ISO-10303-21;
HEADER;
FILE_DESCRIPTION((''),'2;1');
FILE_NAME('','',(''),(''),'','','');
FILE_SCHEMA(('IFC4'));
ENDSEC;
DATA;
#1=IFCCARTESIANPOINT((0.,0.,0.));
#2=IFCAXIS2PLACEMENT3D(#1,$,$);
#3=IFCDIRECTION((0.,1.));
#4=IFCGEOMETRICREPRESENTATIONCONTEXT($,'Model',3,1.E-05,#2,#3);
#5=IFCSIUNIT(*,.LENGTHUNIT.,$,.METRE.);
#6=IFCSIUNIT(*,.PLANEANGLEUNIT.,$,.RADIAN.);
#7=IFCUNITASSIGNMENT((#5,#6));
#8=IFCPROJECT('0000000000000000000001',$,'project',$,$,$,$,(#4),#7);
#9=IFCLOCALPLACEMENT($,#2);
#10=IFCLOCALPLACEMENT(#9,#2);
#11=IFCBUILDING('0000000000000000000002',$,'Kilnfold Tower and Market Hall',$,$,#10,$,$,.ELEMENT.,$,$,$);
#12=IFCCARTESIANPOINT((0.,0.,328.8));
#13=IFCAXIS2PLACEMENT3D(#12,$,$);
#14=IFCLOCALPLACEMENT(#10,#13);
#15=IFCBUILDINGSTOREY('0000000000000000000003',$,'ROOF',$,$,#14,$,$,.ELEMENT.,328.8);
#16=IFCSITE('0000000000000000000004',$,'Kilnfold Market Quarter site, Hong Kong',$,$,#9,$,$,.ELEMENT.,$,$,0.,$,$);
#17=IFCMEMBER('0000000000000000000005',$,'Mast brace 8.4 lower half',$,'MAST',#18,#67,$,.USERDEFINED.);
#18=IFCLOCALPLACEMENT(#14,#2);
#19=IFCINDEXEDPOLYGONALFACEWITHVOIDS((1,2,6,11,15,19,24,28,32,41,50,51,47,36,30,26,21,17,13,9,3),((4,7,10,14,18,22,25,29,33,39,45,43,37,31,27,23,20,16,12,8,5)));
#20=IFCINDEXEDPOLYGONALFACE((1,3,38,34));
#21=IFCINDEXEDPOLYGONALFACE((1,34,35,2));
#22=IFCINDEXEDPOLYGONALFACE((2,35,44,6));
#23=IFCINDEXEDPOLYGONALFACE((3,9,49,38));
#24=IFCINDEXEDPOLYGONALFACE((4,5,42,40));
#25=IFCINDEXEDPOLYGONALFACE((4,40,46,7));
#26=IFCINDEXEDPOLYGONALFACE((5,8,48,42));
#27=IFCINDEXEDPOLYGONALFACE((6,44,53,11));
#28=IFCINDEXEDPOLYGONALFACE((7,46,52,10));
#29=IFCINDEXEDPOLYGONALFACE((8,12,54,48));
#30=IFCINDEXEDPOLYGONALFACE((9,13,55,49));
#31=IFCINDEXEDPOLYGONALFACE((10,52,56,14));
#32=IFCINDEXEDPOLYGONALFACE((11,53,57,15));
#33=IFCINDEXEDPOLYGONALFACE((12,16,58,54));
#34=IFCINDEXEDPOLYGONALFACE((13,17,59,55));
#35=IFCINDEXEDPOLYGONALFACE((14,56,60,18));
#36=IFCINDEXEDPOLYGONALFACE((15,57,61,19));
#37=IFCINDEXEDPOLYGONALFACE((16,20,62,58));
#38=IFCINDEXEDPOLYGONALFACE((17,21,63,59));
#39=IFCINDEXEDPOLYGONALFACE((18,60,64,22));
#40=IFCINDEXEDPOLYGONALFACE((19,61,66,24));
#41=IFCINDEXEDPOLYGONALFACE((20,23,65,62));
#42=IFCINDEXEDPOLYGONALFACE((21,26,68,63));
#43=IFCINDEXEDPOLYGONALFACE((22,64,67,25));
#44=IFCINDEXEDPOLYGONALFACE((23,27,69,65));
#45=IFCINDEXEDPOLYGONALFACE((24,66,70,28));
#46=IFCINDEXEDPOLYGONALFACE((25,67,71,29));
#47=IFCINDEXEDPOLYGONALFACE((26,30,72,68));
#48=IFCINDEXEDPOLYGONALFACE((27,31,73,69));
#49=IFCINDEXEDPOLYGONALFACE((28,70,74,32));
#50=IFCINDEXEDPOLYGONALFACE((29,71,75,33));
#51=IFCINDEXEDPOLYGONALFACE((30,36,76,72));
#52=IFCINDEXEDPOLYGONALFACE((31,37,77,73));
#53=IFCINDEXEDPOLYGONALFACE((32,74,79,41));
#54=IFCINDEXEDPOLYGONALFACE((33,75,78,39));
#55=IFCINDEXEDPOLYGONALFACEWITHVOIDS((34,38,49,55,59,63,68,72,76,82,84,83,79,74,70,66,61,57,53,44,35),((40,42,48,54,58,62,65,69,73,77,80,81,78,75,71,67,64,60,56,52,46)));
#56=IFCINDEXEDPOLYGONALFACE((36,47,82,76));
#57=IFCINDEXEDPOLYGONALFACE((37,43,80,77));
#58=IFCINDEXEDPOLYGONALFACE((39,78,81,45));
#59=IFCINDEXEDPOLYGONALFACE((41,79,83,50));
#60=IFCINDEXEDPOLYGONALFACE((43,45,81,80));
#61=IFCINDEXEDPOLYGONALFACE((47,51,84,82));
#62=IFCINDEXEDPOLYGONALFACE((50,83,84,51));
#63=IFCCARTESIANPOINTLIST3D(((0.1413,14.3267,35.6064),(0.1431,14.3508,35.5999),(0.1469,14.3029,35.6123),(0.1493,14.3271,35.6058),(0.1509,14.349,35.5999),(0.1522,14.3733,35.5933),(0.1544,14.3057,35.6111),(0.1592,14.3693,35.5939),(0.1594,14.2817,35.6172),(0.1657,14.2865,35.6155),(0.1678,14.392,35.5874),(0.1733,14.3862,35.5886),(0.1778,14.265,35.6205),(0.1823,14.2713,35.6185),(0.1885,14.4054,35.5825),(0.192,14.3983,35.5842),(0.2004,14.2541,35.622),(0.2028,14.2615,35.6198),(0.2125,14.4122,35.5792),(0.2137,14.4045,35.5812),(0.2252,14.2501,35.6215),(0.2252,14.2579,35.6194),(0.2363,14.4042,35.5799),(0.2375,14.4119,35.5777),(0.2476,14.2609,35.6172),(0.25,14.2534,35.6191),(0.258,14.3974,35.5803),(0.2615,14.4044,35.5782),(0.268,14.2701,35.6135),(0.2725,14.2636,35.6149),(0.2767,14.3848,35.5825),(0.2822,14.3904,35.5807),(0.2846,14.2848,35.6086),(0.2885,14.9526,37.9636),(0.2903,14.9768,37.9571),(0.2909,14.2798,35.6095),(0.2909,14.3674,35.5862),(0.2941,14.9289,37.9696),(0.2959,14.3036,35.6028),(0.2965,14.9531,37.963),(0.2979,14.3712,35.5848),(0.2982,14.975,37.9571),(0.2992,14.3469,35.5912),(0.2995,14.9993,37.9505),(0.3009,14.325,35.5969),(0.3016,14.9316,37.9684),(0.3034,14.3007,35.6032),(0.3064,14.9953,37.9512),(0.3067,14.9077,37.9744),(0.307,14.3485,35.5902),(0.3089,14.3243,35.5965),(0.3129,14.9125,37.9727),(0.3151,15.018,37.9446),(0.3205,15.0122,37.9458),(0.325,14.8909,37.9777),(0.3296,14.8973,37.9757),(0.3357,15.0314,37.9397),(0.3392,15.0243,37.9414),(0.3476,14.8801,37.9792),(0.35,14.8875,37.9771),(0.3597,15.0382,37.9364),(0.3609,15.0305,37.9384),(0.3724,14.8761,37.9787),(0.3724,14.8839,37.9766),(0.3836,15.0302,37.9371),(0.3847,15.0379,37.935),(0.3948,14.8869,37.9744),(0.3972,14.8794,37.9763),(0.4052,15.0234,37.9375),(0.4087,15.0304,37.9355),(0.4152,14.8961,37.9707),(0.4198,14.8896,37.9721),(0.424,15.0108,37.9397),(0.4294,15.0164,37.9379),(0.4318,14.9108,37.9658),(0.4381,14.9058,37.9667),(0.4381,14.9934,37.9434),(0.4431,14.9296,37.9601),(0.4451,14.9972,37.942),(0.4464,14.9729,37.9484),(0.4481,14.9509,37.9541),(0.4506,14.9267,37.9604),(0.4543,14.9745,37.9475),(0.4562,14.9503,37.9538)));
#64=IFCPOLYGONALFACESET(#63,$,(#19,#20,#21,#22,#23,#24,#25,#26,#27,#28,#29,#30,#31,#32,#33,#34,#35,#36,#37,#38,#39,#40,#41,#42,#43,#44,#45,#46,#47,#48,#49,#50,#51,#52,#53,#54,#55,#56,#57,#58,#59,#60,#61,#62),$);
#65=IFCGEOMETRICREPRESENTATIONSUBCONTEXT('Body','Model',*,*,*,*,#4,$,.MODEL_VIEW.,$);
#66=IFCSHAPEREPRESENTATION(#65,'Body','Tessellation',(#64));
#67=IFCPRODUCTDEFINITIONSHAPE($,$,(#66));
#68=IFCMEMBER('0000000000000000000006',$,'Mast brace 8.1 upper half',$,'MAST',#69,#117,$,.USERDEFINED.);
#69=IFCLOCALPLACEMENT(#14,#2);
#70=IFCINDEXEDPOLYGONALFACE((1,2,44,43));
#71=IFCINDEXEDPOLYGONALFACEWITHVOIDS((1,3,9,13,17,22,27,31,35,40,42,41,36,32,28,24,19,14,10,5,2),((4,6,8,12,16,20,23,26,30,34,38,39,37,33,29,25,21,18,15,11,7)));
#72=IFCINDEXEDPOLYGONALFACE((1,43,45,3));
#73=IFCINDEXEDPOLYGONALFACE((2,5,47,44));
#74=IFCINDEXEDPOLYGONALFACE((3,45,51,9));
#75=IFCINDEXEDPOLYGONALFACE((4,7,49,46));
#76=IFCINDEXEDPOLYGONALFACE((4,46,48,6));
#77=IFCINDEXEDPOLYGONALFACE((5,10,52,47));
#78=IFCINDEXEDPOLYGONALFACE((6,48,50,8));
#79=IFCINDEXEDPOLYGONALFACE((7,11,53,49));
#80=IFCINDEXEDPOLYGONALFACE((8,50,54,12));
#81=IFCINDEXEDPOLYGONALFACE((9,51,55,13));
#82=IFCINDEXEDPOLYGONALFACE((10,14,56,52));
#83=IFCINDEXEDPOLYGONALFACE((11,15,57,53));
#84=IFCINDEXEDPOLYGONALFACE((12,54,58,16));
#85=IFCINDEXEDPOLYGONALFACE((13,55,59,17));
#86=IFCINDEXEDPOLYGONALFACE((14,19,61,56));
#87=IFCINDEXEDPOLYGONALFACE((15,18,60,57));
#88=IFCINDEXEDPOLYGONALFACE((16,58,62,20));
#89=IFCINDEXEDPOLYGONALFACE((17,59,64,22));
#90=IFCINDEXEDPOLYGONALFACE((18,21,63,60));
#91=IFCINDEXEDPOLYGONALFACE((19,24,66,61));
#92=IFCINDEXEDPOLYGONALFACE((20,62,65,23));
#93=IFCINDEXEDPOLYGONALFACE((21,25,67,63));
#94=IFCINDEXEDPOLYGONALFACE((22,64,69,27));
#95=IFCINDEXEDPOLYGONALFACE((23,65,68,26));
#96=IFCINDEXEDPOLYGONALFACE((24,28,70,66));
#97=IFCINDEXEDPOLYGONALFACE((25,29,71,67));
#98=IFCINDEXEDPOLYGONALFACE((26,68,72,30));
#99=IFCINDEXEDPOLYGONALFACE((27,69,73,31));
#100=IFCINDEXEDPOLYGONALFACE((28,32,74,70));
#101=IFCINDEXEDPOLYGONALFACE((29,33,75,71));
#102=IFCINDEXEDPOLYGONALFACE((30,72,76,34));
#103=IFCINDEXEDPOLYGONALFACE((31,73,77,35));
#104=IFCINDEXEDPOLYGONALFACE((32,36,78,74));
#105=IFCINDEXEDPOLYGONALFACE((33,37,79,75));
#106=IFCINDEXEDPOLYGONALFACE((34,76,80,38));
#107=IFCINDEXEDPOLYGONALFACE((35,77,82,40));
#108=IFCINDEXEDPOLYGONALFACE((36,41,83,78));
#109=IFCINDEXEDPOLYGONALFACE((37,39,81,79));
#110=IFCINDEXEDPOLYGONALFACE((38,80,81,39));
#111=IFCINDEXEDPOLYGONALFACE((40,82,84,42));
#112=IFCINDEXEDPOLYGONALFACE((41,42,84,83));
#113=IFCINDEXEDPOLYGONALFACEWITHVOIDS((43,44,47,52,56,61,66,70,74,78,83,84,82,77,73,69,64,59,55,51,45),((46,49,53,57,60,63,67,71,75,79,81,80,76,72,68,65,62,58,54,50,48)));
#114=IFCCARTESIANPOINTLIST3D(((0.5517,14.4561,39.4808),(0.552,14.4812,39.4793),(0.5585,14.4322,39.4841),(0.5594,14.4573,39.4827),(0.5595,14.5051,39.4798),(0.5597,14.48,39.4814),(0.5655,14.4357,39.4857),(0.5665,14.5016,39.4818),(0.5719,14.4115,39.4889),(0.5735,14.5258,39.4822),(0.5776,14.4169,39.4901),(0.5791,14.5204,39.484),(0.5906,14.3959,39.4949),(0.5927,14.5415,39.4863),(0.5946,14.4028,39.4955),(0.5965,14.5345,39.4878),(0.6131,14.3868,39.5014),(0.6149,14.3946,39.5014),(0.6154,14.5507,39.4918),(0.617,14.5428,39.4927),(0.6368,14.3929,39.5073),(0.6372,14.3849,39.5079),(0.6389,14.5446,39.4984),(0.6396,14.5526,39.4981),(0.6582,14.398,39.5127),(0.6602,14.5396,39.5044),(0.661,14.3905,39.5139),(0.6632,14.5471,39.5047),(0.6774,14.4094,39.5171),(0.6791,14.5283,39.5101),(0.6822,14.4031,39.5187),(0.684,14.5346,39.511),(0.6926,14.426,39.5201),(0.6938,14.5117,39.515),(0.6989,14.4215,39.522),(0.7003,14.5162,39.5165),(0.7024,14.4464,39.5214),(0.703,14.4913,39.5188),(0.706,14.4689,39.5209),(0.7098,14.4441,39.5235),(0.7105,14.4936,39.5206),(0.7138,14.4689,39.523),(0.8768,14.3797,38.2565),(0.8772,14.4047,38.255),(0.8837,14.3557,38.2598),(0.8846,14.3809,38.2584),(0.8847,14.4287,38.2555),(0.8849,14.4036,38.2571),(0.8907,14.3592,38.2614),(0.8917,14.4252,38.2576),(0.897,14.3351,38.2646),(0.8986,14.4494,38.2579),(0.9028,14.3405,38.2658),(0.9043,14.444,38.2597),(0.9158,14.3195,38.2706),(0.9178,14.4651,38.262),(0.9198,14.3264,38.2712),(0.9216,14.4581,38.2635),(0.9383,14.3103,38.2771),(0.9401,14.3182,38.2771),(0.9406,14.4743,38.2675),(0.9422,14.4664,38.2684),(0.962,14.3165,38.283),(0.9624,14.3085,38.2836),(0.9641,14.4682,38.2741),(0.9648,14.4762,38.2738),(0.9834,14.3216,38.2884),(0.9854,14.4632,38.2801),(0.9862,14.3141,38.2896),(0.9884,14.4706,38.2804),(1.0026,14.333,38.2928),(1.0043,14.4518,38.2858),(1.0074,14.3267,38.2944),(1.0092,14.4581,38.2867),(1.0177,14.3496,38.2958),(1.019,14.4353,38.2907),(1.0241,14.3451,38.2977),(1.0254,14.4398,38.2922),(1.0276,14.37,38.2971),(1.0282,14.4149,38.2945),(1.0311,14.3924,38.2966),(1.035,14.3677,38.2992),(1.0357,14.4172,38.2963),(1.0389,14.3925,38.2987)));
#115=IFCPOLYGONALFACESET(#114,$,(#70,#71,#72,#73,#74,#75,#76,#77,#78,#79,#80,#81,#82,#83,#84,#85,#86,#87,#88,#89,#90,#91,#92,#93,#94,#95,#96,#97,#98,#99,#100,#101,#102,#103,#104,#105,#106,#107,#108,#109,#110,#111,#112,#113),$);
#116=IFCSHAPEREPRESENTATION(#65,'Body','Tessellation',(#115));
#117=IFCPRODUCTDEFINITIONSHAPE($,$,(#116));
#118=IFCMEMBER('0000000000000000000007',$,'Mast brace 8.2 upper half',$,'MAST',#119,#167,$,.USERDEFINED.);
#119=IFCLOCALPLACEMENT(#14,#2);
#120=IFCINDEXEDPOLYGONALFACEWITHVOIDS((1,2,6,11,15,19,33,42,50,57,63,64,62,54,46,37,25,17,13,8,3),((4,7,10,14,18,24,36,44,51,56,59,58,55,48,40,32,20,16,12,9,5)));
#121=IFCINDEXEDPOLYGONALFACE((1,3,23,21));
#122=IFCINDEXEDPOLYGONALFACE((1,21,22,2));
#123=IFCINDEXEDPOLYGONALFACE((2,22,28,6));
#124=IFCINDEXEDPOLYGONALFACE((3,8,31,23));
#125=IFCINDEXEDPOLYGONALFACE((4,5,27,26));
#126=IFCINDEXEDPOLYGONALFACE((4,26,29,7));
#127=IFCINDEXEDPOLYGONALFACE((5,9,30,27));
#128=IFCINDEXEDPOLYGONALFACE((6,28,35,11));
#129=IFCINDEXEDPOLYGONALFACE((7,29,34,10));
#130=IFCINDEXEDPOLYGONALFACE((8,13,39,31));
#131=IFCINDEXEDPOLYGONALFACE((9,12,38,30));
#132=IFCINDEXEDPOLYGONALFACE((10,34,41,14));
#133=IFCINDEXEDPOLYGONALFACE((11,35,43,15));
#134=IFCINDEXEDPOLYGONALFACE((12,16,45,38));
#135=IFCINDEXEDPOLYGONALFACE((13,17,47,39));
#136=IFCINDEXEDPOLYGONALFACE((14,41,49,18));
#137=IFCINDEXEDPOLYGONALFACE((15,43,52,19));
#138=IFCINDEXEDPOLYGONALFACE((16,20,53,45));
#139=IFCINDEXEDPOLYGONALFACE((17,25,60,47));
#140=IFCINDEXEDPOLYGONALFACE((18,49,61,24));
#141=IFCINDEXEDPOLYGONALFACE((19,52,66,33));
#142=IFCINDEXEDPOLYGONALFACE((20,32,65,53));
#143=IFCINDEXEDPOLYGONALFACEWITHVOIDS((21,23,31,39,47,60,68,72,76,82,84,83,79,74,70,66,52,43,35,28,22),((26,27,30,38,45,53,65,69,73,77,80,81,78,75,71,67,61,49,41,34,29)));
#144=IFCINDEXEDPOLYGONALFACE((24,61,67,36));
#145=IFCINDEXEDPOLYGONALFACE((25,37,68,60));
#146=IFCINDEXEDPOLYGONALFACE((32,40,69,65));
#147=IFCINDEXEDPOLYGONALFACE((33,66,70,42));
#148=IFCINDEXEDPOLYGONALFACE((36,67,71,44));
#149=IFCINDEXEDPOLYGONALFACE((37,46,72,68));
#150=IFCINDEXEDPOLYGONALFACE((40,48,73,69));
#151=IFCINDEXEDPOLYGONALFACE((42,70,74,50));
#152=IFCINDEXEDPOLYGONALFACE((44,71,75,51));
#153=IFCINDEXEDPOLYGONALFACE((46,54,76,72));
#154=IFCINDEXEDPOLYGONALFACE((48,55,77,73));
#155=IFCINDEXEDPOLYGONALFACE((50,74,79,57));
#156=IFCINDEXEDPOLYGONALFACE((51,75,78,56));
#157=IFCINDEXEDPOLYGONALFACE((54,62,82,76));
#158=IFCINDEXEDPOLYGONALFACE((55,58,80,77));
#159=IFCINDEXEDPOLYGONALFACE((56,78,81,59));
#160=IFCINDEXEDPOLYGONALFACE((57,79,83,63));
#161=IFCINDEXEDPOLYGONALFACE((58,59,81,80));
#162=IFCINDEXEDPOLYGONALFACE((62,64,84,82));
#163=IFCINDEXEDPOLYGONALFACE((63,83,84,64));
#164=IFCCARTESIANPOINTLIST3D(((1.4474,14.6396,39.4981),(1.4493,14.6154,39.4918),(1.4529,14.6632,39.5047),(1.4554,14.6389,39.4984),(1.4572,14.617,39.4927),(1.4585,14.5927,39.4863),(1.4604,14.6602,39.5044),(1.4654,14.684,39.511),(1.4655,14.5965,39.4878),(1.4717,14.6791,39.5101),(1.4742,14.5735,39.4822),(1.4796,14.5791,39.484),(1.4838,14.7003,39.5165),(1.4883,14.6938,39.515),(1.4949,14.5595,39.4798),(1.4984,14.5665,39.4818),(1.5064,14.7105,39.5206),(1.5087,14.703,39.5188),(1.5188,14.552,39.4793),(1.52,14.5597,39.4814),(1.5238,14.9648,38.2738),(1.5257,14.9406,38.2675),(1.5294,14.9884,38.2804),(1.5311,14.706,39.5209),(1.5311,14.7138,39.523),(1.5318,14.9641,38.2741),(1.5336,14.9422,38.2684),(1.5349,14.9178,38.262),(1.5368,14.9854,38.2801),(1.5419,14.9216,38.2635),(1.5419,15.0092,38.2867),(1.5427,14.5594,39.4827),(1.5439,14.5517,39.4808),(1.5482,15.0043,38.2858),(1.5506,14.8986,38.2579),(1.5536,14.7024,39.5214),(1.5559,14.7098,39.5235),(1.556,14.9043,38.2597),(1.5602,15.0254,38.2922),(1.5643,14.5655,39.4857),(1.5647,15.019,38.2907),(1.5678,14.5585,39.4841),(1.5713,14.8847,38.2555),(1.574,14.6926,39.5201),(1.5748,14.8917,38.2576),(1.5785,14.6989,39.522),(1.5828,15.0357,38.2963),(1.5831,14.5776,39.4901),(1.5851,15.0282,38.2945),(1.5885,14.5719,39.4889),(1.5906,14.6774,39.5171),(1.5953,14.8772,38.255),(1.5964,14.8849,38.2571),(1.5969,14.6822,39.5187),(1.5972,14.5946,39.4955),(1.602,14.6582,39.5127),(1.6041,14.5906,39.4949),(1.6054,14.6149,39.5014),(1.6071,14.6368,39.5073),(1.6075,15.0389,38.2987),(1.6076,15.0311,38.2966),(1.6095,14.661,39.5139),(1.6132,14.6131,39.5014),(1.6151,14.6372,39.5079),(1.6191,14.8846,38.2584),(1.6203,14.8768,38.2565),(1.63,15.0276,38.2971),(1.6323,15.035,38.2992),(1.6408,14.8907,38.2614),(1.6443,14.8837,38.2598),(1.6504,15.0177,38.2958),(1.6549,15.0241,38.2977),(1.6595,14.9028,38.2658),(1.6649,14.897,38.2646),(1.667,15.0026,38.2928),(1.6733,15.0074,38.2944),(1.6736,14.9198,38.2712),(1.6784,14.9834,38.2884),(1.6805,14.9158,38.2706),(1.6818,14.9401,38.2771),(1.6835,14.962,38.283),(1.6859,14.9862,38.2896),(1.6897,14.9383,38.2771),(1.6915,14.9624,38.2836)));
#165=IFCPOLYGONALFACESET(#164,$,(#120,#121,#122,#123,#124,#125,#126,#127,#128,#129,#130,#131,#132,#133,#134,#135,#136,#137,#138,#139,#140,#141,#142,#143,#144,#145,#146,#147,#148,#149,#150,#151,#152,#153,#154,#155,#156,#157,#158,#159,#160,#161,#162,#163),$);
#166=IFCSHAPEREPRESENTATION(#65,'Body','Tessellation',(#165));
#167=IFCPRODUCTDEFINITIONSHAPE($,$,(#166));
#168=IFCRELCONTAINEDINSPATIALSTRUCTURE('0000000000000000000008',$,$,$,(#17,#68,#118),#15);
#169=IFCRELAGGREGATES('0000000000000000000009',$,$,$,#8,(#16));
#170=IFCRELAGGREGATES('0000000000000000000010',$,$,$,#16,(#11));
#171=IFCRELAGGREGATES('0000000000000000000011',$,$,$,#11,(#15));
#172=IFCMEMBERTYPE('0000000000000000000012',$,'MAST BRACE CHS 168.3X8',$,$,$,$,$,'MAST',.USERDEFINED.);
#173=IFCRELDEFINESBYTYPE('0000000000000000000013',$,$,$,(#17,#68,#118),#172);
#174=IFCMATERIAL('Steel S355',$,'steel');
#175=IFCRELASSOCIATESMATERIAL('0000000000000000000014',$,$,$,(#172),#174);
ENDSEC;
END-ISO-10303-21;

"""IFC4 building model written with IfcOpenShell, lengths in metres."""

from ifc_helpers import new_model, si_unit, direction, frame, origin, origin_2d, place, context, subcontext, project, spatial, hollow_circle, extrude, source, transform, mapped, material, material_profile, profile_set, type_object, element, save


model = new_model("IFC4")

# Units and contexts
model_context = context("Model", 3, precision=1e-05, world=origin(), true_north=direction((0.0, 1.0)))
body_context = subcontext(model_context, "Body", "Model", "MODEL_VIEW")
ifc_project = project(units=[si_unit("LENGTHUNIT", "METRE"), si_unit("PLANEANGLEUNIT", "RADIAN")], contexts=[model_context])

# Site, building, storey
site_placement = place(None, origin())
site = spatial("IfcSite", under=ifc_project, at=site_placement, Name="Kilnfold Market Quarter site, Hong Kong", CompositionType="ELEMENT", RefElevation=0.0)
building_placement = place(site_placement, origin())
building = spatial("IfcBuilding", under=site, at=building_placement, Name="Kilnfold Tower and Market Hall", CompositionType="ELEMENT")
storey_placement = place(building_placement, frame((0.0, 0.0, 328.8)))
storey = spatial("IfcBuildingStorey", under=building, at=storey_placement, Name="ROOF", CompositionType="ELEMENT", Elevation=328.8)

# Members
ifc_material_1 = material(Name="Steel S355", Category="steel")
ifc_material_profile_1 = material_profile(ifc_material_1, hollow_circle(Radius=0.0842, WallThickness=0.0081, at=origin_2d()), Name="CHS 168.3x8")
ifc_profile_set_1 = profile_set([ifc_material_profile_1], Name="Steel S355")
member_type_1 = type_object("IfcMemberType", Name="MAST BRACE CHS 168.3X8", ElementType="MAST", PredefinedType="USERDEFINED", material=ifc_profile_set_1)
shared_shape_1 = source(origin(), body_context, "Body", "SweptSolid", [
    extrude(hollow_circle(Radius=0.0842, WallThickness=0.0081, at=origin_2d()), origin(), (0.0, 0.0, 1.0), 2.4434),
])
for number, where, z_axis, x_axis, name in (
    (1, (0.2251, 14.3315, 35.5999), (0.060253, 0.256199, 0.964744), (-0.973442, 0.228934, 0.0), "Mast brace 8.4 lower half"),
):
    element("IfcMember", number, at=place(storey_placement, frame(where, z_axis=z_axis, x_axis=x_axis)), inside=storey, type_object=member_type_1, Name=name, ObjectType="MAST", PredefinedType="USERDEFINED", context=body_context, shape_type="MappedRepresentation", body=[
        mapped(shared_shape_1, transform((0.0, 0.0, 0.0))),
    ])
shared_shape_2 = source(origin(), body_context, "Body", "SweptSolid", [
    extrude(hollow_circle(Radius=0.0842, WallThickness=0.0081, at=origin_2d()), origin(), (0.0, 0.0, 1.0), 1.269),
])
for number, where, z_axis, x_axis, name in (
    (2, (0.9575, 14.3923, 38.2771), (-0.256237, 0.060212, 0.964737), (-0.228754, -0.973484, 0.0), "Mast brace 8.1 upper half"),
    (3, (1.6077, 14.9575, 38.2771), (-0.060212, -0.256237, 0.964737), (0.973484, -0.228754, 0.0), "Mast brace 8.2 upper half"),
):
    element("IfcMember", number, at=place(storey_placement, frame(where, z_axis=z_axis, x_axis=x_axis)), inside=storey, type_object=member_type_1, Name=name, ObjectType="MAST", PredefinedType="USERDEFINED", context=body_context, shape_type="MappedRepresentation", body=[
        mapped(shared_shape_2, transform((0.0, 0.0, 0.0))),
    ])

save(model, "model.ifc")
